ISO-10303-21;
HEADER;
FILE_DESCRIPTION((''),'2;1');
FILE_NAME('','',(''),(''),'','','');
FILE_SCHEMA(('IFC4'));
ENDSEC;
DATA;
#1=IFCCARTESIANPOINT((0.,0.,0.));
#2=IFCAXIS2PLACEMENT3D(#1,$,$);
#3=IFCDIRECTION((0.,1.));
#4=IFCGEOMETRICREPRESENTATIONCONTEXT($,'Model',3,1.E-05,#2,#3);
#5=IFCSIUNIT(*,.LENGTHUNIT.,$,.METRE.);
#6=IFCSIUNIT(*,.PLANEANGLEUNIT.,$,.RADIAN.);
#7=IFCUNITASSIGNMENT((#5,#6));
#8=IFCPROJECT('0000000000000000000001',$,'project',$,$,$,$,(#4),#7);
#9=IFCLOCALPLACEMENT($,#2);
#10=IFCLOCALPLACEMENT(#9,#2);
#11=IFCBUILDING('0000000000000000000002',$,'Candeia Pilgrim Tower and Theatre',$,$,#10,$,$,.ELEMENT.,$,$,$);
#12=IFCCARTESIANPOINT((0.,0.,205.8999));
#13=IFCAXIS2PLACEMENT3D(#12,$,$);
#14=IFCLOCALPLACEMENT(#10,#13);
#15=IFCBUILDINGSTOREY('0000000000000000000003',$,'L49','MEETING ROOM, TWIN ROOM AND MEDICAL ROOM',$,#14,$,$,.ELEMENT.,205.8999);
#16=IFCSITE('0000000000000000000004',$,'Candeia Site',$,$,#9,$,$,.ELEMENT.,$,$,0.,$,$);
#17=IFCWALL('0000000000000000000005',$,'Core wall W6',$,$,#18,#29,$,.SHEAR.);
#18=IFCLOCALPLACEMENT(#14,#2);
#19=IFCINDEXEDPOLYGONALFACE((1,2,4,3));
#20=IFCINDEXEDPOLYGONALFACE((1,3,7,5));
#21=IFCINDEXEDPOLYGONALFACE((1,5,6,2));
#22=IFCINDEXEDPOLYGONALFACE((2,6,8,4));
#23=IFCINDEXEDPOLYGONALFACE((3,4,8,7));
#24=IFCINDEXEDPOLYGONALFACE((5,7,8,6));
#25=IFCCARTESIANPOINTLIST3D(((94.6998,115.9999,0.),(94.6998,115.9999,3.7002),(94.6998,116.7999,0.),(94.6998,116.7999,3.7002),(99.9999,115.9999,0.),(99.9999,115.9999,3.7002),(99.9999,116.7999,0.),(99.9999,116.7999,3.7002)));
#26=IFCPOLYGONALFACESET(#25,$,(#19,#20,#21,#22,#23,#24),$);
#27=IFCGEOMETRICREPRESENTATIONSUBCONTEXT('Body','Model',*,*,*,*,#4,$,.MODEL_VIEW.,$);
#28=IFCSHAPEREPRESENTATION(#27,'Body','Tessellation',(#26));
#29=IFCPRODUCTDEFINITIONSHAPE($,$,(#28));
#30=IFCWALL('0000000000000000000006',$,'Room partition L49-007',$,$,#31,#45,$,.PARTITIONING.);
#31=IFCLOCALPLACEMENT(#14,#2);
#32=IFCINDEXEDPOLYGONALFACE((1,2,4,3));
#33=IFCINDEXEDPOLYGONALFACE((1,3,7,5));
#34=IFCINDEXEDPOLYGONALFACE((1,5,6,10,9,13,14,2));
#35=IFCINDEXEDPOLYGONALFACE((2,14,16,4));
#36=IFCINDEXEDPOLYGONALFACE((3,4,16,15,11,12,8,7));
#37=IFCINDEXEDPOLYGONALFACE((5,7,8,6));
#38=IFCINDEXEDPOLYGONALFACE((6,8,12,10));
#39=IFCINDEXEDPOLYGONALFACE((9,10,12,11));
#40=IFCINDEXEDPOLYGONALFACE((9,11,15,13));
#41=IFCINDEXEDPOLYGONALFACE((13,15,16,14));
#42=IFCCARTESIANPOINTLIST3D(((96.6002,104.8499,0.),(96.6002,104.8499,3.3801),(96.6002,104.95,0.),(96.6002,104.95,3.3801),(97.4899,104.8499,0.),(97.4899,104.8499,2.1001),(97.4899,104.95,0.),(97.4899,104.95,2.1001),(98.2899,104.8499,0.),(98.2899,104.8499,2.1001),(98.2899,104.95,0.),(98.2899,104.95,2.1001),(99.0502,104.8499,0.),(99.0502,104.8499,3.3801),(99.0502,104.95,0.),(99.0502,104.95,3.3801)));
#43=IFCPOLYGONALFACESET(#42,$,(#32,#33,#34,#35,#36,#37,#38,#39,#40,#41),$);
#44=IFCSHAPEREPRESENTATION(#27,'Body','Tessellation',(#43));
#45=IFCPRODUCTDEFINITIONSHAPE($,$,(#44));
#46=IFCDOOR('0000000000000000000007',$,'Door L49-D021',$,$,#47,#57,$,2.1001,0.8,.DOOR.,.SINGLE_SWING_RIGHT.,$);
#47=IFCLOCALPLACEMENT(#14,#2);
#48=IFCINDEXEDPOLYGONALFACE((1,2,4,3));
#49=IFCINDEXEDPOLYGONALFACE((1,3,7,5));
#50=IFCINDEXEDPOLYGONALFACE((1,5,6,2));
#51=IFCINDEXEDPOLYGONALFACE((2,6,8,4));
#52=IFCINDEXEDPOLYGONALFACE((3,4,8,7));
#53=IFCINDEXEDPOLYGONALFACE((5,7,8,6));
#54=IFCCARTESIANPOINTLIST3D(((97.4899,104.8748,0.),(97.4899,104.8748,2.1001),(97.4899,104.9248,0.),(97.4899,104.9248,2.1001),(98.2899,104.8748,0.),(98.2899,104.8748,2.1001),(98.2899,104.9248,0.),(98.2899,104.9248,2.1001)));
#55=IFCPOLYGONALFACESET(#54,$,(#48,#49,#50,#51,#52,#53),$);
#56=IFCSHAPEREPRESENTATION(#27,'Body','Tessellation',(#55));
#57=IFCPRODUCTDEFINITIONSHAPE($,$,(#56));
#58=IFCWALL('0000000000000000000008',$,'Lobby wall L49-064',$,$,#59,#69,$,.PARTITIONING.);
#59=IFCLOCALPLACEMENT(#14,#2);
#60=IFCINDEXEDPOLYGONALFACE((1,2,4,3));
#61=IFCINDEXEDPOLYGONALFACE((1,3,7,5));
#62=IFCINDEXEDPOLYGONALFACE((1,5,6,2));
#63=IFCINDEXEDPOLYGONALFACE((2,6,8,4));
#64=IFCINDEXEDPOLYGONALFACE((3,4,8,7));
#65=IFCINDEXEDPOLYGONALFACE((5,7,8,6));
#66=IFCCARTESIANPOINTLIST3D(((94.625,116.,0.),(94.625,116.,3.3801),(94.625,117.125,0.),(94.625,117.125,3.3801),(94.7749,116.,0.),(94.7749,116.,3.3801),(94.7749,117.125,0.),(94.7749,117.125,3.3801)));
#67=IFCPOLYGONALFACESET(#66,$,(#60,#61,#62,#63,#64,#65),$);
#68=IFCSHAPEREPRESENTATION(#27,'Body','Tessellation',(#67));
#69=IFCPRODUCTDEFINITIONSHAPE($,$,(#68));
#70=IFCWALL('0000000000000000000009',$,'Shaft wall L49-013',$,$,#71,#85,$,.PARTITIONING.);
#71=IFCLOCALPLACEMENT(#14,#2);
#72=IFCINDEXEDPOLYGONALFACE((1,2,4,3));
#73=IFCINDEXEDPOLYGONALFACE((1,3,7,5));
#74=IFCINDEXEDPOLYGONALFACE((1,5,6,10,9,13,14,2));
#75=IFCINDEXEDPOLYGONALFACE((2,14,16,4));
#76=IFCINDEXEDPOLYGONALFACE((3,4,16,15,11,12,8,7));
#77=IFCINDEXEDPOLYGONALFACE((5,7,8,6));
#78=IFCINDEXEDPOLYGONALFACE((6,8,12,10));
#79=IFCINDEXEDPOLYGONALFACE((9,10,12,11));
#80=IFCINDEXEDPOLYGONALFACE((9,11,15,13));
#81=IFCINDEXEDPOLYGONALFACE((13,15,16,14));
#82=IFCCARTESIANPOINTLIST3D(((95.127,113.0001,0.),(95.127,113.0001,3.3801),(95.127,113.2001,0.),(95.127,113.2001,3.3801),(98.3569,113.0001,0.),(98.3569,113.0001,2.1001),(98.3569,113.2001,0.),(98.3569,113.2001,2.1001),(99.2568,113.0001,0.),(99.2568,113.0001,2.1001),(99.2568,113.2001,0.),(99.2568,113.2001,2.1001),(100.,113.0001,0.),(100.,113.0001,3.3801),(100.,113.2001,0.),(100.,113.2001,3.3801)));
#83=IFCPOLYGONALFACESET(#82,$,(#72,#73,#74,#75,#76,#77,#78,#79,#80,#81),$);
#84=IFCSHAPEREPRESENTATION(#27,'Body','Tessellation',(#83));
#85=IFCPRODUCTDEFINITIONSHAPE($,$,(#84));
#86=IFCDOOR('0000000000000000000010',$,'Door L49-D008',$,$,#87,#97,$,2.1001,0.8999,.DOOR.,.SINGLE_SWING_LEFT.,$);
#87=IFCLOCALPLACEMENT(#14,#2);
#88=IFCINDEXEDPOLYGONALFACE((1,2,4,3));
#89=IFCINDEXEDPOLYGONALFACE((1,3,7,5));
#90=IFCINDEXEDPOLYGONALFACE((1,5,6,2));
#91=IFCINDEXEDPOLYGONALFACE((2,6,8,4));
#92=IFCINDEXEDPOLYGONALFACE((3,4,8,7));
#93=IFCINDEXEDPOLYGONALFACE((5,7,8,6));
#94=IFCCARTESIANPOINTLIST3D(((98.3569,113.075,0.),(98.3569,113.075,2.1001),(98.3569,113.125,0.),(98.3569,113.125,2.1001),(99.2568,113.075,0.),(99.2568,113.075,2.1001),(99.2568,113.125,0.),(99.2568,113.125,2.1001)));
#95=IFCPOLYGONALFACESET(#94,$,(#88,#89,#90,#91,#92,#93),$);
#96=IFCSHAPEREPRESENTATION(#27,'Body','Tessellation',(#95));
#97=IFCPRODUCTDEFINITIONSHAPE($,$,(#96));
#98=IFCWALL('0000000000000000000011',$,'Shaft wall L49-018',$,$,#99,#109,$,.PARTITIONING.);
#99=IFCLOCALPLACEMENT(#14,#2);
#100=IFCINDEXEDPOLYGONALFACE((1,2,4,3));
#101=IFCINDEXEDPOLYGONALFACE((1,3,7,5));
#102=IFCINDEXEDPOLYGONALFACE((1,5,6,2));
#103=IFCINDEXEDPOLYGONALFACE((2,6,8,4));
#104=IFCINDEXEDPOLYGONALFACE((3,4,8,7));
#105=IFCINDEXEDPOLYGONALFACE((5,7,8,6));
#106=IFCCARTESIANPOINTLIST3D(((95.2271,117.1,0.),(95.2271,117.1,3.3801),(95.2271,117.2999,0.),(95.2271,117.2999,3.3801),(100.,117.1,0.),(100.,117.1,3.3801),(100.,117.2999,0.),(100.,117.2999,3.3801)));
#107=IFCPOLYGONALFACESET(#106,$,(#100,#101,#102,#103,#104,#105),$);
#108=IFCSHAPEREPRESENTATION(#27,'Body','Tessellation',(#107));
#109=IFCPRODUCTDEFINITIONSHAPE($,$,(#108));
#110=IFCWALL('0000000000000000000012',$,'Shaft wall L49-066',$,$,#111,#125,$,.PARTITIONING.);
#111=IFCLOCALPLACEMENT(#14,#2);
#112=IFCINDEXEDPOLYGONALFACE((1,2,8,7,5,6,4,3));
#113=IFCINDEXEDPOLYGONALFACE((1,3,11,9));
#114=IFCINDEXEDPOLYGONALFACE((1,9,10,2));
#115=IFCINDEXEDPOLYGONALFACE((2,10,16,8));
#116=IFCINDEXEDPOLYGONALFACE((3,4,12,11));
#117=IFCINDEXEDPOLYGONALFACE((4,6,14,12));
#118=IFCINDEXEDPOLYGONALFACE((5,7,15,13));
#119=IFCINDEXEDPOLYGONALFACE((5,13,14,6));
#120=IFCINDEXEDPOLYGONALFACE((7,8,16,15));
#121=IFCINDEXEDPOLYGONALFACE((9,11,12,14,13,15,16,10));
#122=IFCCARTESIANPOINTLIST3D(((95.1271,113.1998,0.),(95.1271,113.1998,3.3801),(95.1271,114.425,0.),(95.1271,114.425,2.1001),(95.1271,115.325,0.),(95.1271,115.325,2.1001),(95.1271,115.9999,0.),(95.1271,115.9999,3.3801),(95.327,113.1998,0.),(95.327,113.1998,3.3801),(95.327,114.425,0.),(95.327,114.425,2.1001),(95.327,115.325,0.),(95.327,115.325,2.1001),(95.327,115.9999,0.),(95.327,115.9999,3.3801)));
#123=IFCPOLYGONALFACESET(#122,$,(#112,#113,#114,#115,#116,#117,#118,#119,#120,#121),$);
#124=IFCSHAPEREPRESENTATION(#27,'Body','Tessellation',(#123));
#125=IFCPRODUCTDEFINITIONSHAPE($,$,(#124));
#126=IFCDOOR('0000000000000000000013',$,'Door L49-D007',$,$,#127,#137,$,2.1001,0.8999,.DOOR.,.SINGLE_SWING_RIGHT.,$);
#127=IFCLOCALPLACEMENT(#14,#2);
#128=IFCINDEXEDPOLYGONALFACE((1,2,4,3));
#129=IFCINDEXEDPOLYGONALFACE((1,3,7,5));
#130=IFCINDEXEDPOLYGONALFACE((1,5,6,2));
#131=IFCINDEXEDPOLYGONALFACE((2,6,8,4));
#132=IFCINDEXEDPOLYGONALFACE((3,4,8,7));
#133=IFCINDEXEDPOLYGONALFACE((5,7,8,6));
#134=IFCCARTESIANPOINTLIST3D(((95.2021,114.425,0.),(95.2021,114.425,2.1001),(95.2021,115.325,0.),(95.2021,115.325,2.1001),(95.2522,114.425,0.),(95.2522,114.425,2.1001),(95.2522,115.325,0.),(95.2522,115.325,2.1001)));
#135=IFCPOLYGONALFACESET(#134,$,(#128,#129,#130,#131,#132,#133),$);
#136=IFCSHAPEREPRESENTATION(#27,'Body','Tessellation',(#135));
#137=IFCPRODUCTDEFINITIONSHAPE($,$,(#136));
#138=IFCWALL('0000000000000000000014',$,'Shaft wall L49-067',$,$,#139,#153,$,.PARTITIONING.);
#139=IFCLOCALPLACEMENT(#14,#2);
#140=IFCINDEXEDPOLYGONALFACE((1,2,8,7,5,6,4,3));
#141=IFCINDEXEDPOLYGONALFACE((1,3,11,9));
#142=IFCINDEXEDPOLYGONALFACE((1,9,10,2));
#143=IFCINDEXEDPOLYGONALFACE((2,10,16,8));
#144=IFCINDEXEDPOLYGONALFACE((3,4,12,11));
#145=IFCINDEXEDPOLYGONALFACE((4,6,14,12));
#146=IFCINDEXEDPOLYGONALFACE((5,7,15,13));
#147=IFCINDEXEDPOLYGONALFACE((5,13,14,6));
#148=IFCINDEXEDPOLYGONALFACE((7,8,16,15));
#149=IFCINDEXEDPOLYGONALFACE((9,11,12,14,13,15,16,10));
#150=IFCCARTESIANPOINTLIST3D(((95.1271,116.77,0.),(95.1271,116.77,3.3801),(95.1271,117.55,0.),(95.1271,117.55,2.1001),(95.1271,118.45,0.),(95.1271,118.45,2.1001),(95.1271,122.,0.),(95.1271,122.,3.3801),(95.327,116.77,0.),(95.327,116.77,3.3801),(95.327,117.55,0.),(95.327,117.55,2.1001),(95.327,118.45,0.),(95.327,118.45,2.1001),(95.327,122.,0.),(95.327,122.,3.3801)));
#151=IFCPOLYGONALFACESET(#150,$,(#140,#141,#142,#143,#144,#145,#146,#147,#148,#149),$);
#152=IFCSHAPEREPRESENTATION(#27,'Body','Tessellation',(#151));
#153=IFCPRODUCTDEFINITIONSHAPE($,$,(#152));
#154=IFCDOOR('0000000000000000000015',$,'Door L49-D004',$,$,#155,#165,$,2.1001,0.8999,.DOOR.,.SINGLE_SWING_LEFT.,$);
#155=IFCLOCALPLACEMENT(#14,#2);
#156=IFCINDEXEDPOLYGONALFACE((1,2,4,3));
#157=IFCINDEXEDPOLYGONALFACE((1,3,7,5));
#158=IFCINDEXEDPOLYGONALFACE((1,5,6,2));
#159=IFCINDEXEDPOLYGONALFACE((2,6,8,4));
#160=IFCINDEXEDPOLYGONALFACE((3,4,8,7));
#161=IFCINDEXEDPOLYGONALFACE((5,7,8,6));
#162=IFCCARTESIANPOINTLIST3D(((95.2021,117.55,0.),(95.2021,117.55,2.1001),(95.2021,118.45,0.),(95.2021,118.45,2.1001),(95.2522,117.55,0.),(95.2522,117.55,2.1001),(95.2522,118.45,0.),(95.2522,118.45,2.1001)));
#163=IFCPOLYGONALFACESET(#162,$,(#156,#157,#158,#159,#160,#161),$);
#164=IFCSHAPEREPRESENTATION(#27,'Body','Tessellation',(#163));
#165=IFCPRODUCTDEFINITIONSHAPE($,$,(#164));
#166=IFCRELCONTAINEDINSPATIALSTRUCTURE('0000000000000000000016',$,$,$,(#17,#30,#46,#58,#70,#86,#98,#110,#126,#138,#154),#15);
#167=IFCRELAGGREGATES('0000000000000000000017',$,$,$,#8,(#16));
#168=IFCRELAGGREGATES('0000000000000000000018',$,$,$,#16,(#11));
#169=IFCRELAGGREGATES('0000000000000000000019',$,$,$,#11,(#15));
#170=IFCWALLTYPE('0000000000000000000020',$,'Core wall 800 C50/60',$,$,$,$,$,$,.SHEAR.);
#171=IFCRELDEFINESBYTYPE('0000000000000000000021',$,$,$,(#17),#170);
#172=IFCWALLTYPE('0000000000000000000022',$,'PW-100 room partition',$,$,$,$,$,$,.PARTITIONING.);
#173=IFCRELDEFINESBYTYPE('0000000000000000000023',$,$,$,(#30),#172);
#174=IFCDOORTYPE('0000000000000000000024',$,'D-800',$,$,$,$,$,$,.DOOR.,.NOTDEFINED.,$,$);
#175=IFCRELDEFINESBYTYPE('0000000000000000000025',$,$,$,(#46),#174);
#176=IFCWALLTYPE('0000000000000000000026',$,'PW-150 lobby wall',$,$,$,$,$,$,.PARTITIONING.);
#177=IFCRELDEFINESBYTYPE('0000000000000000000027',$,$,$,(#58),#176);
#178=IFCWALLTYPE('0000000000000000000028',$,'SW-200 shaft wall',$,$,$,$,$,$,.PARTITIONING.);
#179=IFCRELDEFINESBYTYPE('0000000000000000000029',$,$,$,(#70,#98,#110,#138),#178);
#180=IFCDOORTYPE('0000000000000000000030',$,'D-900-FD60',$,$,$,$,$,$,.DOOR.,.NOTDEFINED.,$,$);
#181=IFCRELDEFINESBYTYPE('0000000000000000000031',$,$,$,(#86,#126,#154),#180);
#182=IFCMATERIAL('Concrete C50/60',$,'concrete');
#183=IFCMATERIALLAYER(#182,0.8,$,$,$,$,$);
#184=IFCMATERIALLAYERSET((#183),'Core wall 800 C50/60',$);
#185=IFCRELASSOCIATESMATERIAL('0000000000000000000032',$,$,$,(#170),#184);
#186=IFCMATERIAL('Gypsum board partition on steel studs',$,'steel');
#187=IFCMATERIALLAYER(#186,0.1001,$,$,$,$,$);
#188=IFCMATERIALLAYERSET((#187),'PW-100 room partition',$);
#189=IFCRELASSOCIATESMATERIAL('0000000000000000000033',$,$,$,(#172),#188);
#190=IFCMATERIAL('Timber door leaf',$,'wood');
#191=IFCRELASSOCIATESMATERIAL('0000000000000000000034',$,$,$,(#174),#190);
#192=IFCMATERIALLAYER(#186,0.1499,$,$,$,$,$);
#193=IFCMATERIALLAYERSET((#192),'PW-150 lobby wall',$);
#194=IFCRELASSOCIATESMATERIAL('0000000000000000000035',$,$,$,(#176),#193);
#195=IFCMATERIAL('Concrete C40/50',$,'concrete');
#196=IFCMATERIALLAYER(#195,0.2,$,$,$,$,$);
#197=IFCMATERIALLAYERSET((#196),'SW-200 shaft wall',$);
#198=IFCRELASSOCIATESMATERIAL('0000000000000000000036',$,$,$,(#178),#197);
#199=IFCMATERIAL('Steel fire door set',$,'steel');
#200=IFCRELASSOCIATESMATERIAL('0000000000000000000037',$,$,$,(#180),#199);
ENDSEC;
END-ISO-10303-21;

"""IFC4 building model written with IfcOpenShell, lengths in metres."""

from ifc_helpers import new_model, si_unit, direction, frame, frame_2d, origin, place, context, subcontext, project, spatial, rectangle, extrude, material, layer, layer_set, type_object, element, fill, save


model = new_model("IFC4")

# Units and contexts
model_context = context("Model", 3, precision=1e-05, world=origin(), true_north=direction((0.0, 1.0)))
body_context = subcontext(model_context, "Body", "Model", "MODEL_VIEW")
ifc_project = project(units=[si_unit("LENGTHUNIT", "METRE"), si_unit("PLANEANGLEUNIT", "RADIAN")], contexts=[model_context])

# Site, building, storey
site_placement = place(None, origin())
site = spatial("IfcSite", under=ifc_project, at=site_placement, Name="Candeia Site", CompositionType="ELEMENT", RefElevation=0.0)
building_placement = place(site_placement, origin())
building = spatial("IfcBuilding", under=site, at=building_placement, Name="Candeia Pilgrim Tower and Theatre", CompositionType="ELEMENT")
storey_placement = place(building_placement, frame((0.0, 0.0, 205.8999)))
storey = spatial("IfcBuildingStorey", under=building, at=storey_placement, Name="L49", Description="MEETING ROOM, TWIN ROOM AND MEDICAL ROOM", CompositionType="ELEMENT", Elevation=205.8999)

# Wall
ifc_material_1 = material(Name="Concrete C50/60", Category="concrete")
ifc_layer_1 = layer(ifc_material_1, 0.8)
ifc_layer_set_1 = layer_set([ifc_layer_1], Name="Core wall 800 C50/60")
wall_type_1 = type_object("IfcWallType", Name="Core wall 800 C50/60", PredefinedType="SHEAR", material=ifc_layer_set_1)
wall_1_placement = place(storey_placement, frame((94.7, 116.3999, 0.0), z_axis=(0.0, 0.0, 1.0), x_axis=(1.0, 0.0, 0.0)))
element("IfcWall", 1, at=wall_1_placement, inside=storey, type_object=wall_type_1, Name="Core wall W6", PredefinedType="SHEAR", context=body_context, shape_type="SweptSolid", body=[
    extrude(rectangle(XDim=5.3, YDim=0.8, at=frame_2d((2.6499, 0.0))), origin(), (0.0, 0.0, 1.0), 3.7002),
])

# Wall, opening, door
ifc_material_2 = material(Name="Gypsum board partition on steel studs", Category="steel")
ifc_layer_2 = layer(ifc_material_2, 0.1001)
ifc_layer_set_2 = layer_set([ifc_layer_2], Name="PW-100 room partition")
wall_type_2 = type_object("IfcWallType", Name="PW-100 room partition", PredefinedType="PARTITIONING", material=ifc_layer_set_2)
wall_2_placement = place(storey_placement, frame((96.6001, 104.8999, 0.0), z_axis=(0.0, 0.0, 1.0), x_axis=(1.0, 0.0, 0.0)))
wall_2 = element("IfcWall", 2, at=wall_2_placement, inside=storey, type_object=wall_type_2, Name="Room partition L49-007", PredefinedType="PARTITIONING", context=body_context, shape_type="SweptSolid", body=[
    extrude(rectangle(XDim=2.45, YDim=0.1001, at=frame_2d((1.2251, 0.0))), origin(), (0.0, 0.0, 1.0), 3.3801),
])
opening_1_placement = place(wall_2_placement, frame((0.8899, 0.0, 0.0)))
opening_1 = element("IfcOpeningElement", 3, at=opening_1_placement, cuts=wall_2, PredefinedType="OPENING", context=body_context, shape_type="SweptSolid", body=[
    extrude(rectangle(XDim=0.8, YDim=2.1001, at=frame_2d((0.3999, 1.05))), frame((0.0, 0.0601, 0.0), z_axis=(0.0, -1.0, 0.0), x_axis=(1.0, 0.0, 0.0)), (0.0, 0.0, 1.0), 0.1201),
])
ifc_material_3 = material(Name="Timber door leaf", Category="wood")
door_type_1 = type_object("IfcDoorType", Name="D-800", OperationType="NOTDEFINED", PredefinedType="DOOR", material=ifc_material_3)
door_1_placement = place(opening_1_placement, origin())
door_1 = element("IfcDoor", 4, at=door_1_placement, inside=storey, type_object=door_type_1, Name="Door L49-D021", OperationType="SINGLE_SWING_RIGHT", OverallHeight=2.1001, OverallWidth=0.8, PredefinedType="DOOR", context=body_context, shape_type="SweptSolid", body=[
    extrude(rectangle(XDim=0.8, YDim=2.1001, at=frame_2d((0.3999, 1.05))), frame((0.0, 0.0249, 0.0), z_axis=(0.0, -1.0, 0.0), x_axis=(1.0, 0.0, 0.0)), (0.0, 0.0, 1.0), 0.05),
])
fill(opening_1, door_1)

# Wall
ifc_layer_3 = layer(ifc_material_2, 0.1499)
ifc_layer_set_3 = layer_set([ifc_layer_3], Name="PW-150 lobby wall")
wall_type_3 = type_object("IfcWallType", Name="PW-150 lobby wall", PredefinedType="PARTITIONING", material=ifc_layer_set_3)
wall_3_placement = place(storey_placement, frame((94.7, 116.0, 0.0), z_axis=(0.0, 0.0, 1.0), x_axis=(0.0, 1.0, 0.0)))
element("IfcWall", 5, at=wall_3_placement, inside=storey, type_object=wall_type_3, Name="Lobby wall L49-064", PredefinedType="PARTITIONING", context=body_context, shape_type="SweptSolid", body=[
    extrude(rectangle(XDim=1.125, YDim=0.1499, at=frame_2d((0.5625, 0.0))), origin(), (0.0, 0.0, 1.0), 3.3801),
])

# Wall, opening, door
ifc_material_4 = material(Name="Concrete C40/50", Category="concrete")
ifc_layer_4 = layer(ifc_material_4, 0.2)
ifc_layer_set_4 = layer_set([ifc_layer_4], Name="SW-200 shaft wall")
wall_type_4 = type_object("IfcWallType", Name="SW-200 shaft wall", PredefinedType="PARTITIONING", material=ifc_layer_set_4)
wall_4_placement = place(storey_placement, frame((95.127, 113.1001, 0.0), z_axis=(0.0, 0.0, 1.0), x_axis=(1.0, 0.0, 0.0)))
wall_4 = element("IfcWall", 6, at=wall_4_placement, inside=storey, type_object=wall_type_4, Name="Shaft wall L49-013", PredefinedType="PARTITIONING", context=body_context, shape_type="SweptSolid", body=[
    extrude(rectangle(XDim=4.873, YDim=0.2, at=frame_2d((2.4365, 0.0))), origin(), (0.0, 0.0, 1.0), 3.3801),
])
opening_2_placement = place(wall_4_placement, frame((3.23, 0.0, 0.0)))
opening_2 = element("IfcOpeningElement", 7, at=opening_2_placement, cuts=wall_4, PredefinedType="OPENING", context=body_context, shape_type="SweptSolid", body=[
    extrude(rectangle(XDim=0.8999, YDim=2.1001, at=frame_2d((0.45, 1.05))), frame((0.0, 0.1099, 0.0), z_axis=(0.0, -1.0, 0.0), x_axis=(1.0, 0.0, 0.0)), (0.0, 0.0, 1.0), 0.22),
])
ifc_material_5 = material(Name="Steel fire door set", Category="steel")
door_type_2 = type_object("IfcDoorType", Name="D-900-FD60", OperationType="NOTDEFINED", PredefinedType="DOOR", material=ifc_material_5)
door_2_placement = place(opening_2_placement, origin())
door_2 = element("IfcDoor", 8, at=door_2_placement, inside=storey, type_object=door_type_2, Name="Door L49-D008", OperationType="SINGLE_SWING_LEFT", OverallHeight=2.1001, OverallWidth=0.8999, PredefinedType="DOOR", context=body_context, shape_type="SweptSolid", body=[
    extrude(rectangle(XDim=0.8999, YDim=2.1001, at=frame_2d((0.45, 1.05))), frame((0.0, 0.0249, 0.0), z_axis=(0.0, -1.0, 0.0), x_axis=(1.0, 0.0, 0.0)), (0.0, 0.0, 1.0), 0.05),
])
fill(opening_2, door_2)

# Wall
wall_5_placement = place(storey_placement, frame((95.2271, 117.2, 0.0), z_axis=(0.0, 0.0, 1.0), x_axis=(1.0, 0.0, 0.0)))
element("IfcWall", 9, at=wall_5_placement, inside=storey, type_object=wall_type_4, Name="Shaft wall L49-018", PredefinedType="PARTITIONING", context=body_context, shape_type="SweptSolid", body=[
    extrude(rectangle(XDim=4.7729, YDim=0.2, at=frame_2d((2.3865, 0.0))), origin(), (0.0, 0.0, 1.0), 3.3801),
])

# Walls, openings, doors
wall_6_placement = place(storey_placement, frame((95.2271, 113.2, 0.0), z_axis=(0.0, 0.0, 1.0), x_axis=(0.0, 1.0, 0.0)))
wall_6 = element("IfcWall", 10, at=wall_6_placement, inside=storey, type_object=wall_type_4, Name="Shaft wall L49-066", PredefinedType="PARTITIONING", context=body_context, shape_type="SweptSolid", body=[
    extrude(rectangle(XDim=2.8, YDim=0.2, at=frame_2d((1.3999, 0.0))), origin(), (0.0, 0.0, 1.0), 3.3801),
])
opening_3_placement = place(wall_6_placement, frame((1.2251, 0.0, 0.0)))
opening_3 = element("IfcOpeningElement", 11, at=opening_3_placement, cuts=wall_6, PredefinedType="OPENING", context=body_context, shape_type="SweptSolid", body=[
    extrude(rectangle(XDim=0.8999, YDim=2.1001, at=frame_2d((0.45, 1.05))), frame((0.0, 0.1099, 0.0), z_axis=(0.0, -1.0, 0.0), x_axis=(1.0, 0.0, 0.0)), (0.0, 0.0, 1.0), 0.22),
])
door_3_placement = place(opening_3_placement, origin())
door_3 = element("IfcDoor", 12, at=door_3_placement, inside=storey, type_object=door_type_2, Name="Door L49-D007", OperationType="SINGLE_SWING_RIGHT", OverallHeight=2.1001, OverallWidth=0.8999, PredefinedType="DOOR", context=body_context, shape_type="SweptSolid", body=[
    extrude(rectangle(XDim=0.8999, YDim=2.1001, at=frame_2d((0.45, 1.05))), frame((0.0, 0.0249, 0.0), z_axis=(0.0, -1.0, 0.0), x_axis=(1.0, 0.0, 0.0)), (0.0, 0.0, 1.0), 0.05),
])
fill(opening_3, door_3)
wall_7_placement = place(storey_placement, frame((95.2271, 116.77, 0.0), z_axis=(0.0, 0.0, 1.0), x_axis=(0.0, 1.0, 0.0)))
wall_7 = element("IfcWall", 13, at=wall_7_placement, inside=storey, type_object=wall_type_4, Name="Shaft wall L49-067", PredefinedType="PARTITIONING", context=body_context, shape_type="SweptSolid", body=[
    extrude(rectangle(XDim=5.23, YDim=0.2, at=frame_2d((2.615, 0.0))), origin(), (0.0, 0.0, 1.0), 3.3801),
])
opening_4_placement = place(wall_7_placement, frame((0.78, 0.0, 0.0)))
opening_4 = element("IfcOpeningElement", 14, at=opening_4_placement, cuts=wall_7, PredefinedType="OPENING", context=body_context, shape_type="SweptSolid", body=[
    extrude(rectangle(XDim=0.8999, YDim=2.1001, at=frame_2d((0.45, 1.05))), frame((0.0, 0.1099, 0.0), z_axis=(0.0, -1.0, 0.0), x_axis=(1.0, 0.0, 0.0)), (0.0, 0.0, 1.0), 0.22),
])
door_4_placement = place(opening_4_placement, origin())
door_4 = element("IfcDoor", 15, at=door_4_placement, inside=storey, type_object=door_type_2, Name="Door L49-D004", OperationType="SINGLE_SWING_LEFT", OverallHeight=2.1001, OverallWidth=0.8999, PredefinedType="DOOR", context=body_context, shape_type="SweptSolid", body=[
    extrude(rectangle(XDim=0.8999, YDim=2.1001, at=frame_2d((0.45, 1.05))), frame((0.0, 0.0249, 0.0), z_axis=(0.0, -1.0, 0.0), x_axis=(1.0, 0.0, 0.0)), (0.0, 0.0, 1.0), 0.05),
])
fill(opening_4, door_4)

save(model, "model.ifc")
